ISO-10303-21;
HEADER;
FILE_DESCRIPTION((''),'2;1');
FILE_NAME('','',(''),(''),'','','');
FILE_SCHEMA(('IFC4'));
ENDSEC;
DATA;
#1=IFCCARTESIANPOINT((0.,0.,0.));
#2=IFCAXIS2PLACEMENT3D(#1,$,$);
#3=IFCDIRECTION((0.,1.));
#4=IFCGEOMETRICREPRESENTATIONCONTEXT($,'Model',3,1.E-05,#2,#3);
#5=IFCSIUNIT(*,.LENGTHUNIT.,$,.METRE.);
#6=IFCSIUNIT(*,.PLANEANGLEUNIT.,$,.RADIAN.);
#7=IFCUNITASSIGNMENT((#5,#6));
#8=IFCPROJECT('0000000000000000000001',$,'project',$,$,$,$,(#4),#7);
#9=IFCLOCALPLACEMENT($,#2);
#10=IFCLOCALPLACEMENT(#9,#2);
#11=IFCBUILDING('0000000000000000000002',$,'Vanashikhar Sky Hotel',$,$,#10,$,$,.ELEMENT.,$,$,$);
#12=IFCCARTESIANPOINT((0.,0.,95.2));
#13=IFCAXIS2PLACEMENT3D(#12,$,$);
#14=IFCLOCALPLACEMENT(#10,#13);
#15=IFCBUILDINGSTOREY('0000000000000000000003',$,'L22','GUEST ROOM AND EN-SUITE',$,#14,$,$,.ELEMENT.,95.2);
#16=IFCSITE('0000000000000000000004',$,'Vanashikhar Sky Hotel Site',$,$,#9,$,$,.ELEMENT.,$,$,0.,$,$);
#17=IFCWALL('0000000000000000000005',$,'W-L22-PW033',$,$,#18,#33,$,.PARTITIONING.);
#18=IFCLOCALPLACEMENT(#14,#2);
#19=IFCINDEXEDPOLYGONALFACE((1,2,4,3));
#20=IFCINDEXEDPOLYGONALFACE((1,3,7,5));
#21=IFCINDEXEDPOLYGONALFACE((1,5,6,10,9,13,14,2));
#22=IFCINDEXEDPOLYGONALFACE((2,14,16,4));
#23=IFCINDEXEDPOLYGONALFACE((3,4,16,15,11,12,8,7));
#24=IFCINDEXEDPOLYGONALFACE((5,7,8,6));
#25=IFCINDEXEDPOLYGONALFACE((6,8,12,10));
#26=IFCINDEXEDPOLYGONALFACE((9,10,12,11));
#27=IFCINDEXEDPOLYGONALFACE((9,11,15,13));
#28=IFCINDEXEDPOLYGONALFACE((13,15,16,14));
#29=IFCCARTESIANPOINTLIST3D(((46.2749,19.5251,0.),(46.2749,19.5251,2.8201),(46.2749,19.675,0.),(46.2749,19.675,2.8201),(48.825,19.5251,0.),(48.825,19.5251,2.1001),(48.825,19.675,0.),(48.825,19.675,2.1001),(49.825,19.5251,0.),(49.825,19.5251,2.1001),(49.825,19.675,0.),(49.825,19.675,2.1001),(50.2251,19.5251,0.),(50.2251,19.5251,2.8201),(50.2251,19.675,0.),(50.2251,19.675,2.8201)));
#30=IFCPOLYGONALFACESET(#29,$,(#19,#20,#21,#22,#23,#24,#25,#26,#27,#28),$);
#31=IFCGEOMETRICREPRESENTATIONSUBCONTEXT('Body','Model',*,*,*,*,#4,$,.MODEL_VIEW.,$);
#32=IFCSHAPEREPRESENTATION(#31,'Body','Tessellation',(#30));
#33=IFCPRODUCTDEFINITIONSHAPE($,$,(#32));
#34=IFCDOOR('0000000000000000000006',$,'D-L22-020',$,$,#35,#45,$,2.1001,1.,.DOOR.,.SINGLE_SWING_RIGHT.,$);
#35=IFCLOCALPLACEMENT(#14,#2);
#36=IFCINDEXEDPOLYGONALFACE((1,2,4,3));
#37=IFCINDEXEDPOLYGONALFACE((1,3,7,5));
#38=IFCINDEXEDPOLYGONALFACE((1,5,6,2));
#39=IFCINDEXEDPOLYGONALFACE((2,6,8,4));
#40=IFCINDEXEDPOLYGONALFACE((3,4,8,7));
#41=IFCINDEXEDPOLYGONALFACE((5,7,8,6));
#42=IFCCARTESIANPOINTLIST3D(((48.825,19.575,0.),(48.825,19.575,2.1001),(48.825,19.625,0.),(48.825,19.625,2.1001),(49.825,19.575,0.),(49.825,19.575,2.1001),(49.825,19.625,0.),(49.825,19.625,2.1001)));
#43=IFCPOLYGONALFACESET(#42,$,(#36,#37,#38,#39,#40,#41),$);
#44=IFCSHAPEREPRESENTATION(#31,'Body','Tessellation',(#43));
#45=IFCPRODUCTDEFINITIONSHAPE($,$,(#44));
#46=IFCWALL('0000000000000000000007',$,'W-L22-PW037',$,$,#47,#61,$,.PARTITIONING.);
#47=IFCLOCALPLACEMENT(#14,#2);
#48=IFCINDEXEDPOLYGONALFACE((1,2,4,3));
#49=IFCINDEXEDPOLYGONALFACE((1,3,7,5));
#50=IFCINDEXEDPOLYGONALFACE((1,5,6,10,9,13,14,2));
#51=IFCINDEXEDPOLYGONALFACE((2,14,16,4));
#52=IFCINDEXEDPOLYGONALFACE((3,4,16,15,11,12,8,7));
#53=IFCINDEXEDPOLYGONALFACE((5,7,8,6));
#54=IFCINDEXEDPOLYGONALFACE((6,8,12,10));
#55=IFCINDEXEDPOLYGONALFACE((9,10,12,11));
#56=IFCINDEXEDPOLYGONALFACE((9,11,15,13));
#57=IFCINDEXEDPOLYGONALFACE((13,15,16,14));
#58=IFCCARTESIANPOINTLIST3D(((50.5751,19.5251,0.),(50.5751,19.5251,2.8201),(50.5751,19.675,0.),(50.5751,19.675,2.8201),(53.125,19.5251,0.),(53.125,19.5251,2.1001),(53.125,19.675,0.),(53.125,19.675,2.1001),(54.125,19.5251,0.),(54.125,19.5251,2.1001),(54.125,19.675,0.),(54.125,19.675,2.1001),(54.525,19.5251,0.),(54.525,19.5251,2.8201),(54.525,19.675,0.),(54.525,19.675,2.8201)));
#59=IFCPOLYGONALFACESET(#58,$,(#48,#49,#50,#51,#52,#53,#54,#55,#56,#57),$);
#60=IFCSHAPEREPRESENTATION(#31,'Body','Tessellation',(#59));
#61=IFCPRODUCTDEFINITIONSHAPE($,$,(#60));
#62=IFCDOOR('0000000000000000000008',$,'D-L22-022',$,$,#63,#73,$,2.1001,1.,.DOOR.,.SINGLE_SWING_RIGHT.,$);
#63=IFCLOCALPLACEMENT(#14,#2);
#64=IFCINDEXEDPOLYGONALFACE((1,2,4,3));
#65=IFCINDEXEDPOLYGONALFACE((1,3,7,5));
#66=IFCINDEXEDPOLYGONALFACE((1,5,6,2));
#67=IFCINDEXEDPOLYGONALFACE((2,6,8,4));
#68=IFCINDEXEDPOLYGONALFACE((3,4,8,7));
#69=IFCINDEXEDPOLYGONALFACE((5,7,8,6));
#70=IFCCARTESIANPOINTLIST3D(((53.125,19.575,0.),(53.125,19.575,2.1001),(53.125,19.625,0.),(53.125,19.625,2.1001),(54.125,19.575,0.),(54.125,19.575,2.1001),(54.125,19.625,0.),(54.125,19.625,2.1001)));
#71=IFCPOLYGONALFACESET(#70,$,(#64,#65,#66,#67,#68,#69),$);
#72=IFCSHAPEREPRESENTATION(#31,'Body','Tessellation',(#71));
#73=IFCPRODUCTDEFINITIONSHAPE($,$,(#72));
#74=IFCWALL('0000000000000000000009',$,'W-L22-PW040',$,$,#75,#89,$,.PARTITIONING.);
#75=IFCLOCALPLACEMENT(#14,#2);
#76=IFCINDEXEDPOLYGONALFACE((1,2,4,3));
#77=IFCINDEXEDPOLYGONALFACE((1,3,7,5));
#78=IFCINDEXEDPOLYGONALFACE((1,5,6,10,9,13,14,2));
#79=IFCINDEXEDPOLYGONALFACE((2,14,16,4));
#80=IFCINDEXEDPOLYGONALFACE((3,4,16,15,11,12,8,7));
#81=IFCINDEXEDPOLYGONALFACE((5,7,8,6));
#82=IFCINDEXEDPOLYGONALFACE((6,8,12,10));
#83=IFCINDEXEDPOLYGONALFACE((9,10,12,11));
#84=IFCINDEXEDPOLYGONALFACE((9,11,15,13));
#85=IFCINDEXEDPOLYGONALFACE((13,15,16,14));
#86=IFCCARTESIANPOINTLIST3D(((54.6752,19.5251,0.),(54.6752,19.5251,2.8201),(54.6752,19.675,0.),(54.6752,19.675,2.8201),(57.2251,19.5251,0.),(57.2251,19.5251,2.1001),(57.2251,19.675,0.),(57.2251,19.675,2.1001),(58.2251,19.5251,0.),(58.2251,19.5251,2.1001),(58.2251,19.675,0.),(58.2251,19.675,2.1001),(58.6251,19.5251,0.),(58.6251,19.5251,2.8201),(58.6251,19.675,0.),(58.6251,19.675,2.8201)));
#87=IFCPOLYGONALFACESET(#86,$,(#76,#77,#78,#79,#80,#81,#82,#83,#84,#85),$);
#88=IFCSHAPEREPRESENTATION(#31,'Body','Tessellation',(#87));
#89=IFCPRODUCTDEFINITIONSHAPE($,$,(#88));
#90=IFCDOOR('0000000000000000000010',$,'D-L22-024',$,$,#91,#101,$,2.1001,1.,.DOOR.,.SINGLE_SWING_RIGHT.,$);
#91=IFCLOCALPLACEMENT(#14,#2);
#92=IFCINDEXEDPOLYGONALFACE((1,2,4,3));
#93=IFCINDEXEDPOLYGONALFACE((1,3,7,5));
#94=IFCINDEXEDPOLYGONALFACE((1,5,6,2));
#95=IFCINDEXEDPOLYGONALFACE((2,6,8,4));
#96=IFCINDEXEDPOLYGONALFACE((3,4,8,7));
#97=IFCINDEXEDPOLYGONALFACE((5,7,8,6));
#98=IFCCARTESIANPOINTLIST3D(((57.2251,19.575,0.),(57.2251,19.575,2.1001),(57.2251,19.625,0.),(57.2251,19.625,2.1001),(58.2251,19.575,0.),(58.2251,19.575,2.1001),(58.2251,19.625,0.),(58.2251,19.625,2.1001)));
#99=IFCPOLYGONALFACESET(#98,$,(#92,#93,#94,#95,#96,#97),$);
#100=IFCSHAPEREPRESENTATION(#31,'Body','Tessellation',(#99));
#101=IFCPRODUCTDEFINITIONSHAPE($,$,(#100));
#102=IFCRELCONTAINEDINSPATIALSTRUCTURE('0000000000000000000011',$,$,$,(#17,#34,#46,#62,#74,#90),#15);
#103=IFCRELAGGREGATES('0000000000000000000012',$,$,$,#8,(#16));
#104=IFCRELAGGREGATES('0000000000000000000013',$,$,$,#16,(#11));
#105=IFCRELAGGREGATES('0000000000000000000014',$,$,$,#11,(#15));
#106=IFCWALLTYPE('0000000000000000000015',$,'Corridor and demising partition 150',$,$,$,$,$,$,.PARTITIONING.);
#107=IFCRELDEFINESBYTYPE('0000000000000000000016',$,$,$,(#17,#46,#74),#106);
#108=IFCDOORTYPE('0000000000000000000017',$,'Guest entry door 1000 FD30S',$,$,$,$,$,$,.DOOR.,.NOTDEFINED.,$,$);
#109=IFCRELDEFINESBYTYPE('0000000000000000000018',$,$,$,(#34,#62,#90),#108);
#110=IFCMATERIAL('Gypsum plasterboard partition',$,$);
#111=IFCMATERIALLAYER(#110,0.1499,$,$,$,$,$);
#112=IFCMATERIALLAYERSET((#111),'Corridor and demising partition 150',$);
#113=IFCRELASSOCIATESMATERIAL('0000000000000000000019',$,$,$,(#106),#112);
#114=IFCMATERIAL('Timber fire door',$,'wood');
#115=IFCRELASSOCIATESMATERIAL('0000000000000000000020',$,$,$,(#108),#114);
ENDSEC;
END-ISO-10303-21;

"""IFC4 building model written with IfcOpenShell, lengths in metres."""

from ifc_helpers import new_model, si_unit, direction, frame, frame_2d, origin, place, context, subcontext, project, spatial, rectangle, extrude, source, transform, mapped, material, layer, layer_set, type_object, element, fill, save


model = new_model("IFC4")

# Units and contexts
model_context = context("Model", 3, precision=1e-05, world=origin(), true_north=direction((0.0, 1.0)))
body_context = subcontext(model_context, "Body", "Model", "MODEL_VIEW")
ifc_project = project(units=[si_unit("LENGTHUNIT", "METRE"), si_unit("PLANEANGLEUNIT", "RADIAN")], contexts=[model_context])

# Site, building, storey
site_placement = place(None, origin())
site = spatial("IfcSite", under=ifc_project, at=site_placement, Name="Vanashikhar Sky Hotel Site", CompositionType="ELEMENT", RefElevation=0.0)
building_placement = place(site_placement, origin())
building = spatial("IfcBuilding", under=site, at=building_placement, Name="Vanashikhar Sky Hotel", CompositionType="ELEMENT")
storey_placement = place(building_placement, frame((0.0, 0.0, 95.2)))
storey = spatial("IfcBuildingStorey", under=building, at=storey_placement, Name="L22", Description="GUEST ROOM AND EN-SUITE", CompositionType="ELEMENT", Elevation=95.2)

# Shared definitions
shared_shape_1 = source(origin(), body_context, "Body", "SweptSolid", [
    extrude(rectangle(XDim=1.0, YDim=2.1001, at=frame_2d((0.5, 1.05))), frame((0.0, 0.0249, 0.0), z_axis=(0.0, -1.0, 0.0), x_axis=(1.0, 0.0, 0.0)), (0.0, 0.0, 1.0), 0.05),
])

# Walls, openings, doors
ifc_material_1 = material(Name="Gypsum plasterboard partition")
ifc_layer_1 = layer(ifc_material_1, 0.1499)
ifc_layer_set_1 = layer_set([ifc_layer_1], Name="Corridor and demising partition 150")
wall_type_1 = type_object("IfcWallType", Name="Corridor and demising partition 150", PredefinedType="PARTITIONING", material=ifc_layer_set_1)
shared_shape_2 = source(origin(), body_context, "Body", "SweptSolid", [
    extrude(rectangle(XDim=3.9502, YDim=0.1499, at=frame_2d((1.9751, 0.0))), origin(), (0.0, 0.0, 1.0), 2.8201),
])
wall_1_placement = place(storey_placement, frame((46.2749, 19.6001, 0.0), z_axis=(0.0, 0.0, 1.0), x_axis=(1.0, 0.0, 0.0)))
wall_1 = element("IfcWall", 1, at=wall_1_placement, inside=storey, type_object=wall_type_1, Name="W-L22-PW033", PredefinedType="PARTITIONING", context=body_context, shape_type="MappedRepresentation", body=[
    mapped(shared_shape_2, transform((0.0, 0.0, 0.0), scale=1.0)),
])
shared_shape_3 = source(origin(), body_context, "Body", "SweptSolid", [
    extrude(rectangle(XDim=1.0, YDim=2.1001, at=frame_2d((0.5, 1.05))), frame((0.0, 0.085, 0.0), z_axis=(0.0, -1.0, 0.0), x_axis=(1.0, 0.0, 0.0)), (0.0, 0.0, 1.0), 0.1699),
])
opening_1_placement = place(wall_1_placement, frame((2.55, 0.0, 0.0)))
opening_1 = element("IfcOpeningElement", 2, at=opening_1_placement, cuts=wall_1, PredefinedType="OPENING", context=body_context, shape_type="MappedRepresentation", body=[
    mapped(shared_shape_3, transform((0.0, 0.0, 0.0), scale=1.0)),
])
ifc_material_2 = material(Name="Timber fire door", Category="wood")
door_type_1 = type_object("IfcDoorType", Name="Guest entry door 1000 FD30S", OperationType="NOTDEFINED", PredefinedType="DOOR", material=ifc_material_2)
door_1_placement = place(opening_1_placement, origin())
door_1 = element("IfcDoor", 3, at=door_1_placement, inside=storey, type_object=door_type_1, Name="D-L22-020", OperationType="SINGLE_SWING_RIGHT", OverallHeight=2.1001, OverallWidth=1.0, PredefinedType="DOOR", context=body_context, shape_type="MappedRepresentation", body=[
    mapped(shared_shape_1, transform((0.0, 0.0, 0.0), scale=1.0)),
])
fill(opening_1, door_1)
shared_shape_4 = source(origin(), body_context, "Body", "SweptSolid", [
    extrude(rectangle(XDim=3.95, YDim=0.1499, at=frame_2d((1.9751, 0.0))), origin(), (0.0, 0.0, 1.0), 2.8201),
])
wall_2_placement = place(storey_placement, frame((50.575, 19.6001, 0.0), z_axis=(0.0, 0.0, 1.0), x_axis=(1.0, 0.0, 0.0)))
wall_2 = element("IfcWall", 4, at=wall_2_placement, inside=storey, type_object=wall_type_1, Name="W-L22-PW037", PredefinedType="PARTITIONING", context=body_context, shape_type="MappedRepresentation", body=[
    mapped(shared_shape_4, transform((0.0, 0.0, 0.0), scale=1.0)),
])
opening_2_placement = place(wall_2_placement, frame((2.55, 0.0, 0.0)))
opening_2 = element("IfcOpeningElement", 5, at=opening_2_placement, cuts=wall_2, PredefinedType="OPENING", context=body_context, shape_type="MappedRepresentation", body=[
    mapped(shared_shape_3, transform((0.0, 0.0, 0.0), scale=1.0)),
])
door_2_placement = place(opening_2_placement, origin())
door_2 = element("IfcDoor", 6, at=door_2_placement, inside=storey, type_object=door_type_1, Name="D-L22-022", OperationType="SINGLE_SWING_RIGHT", OverallHeight=2.1001, OverallWidth=1.0, PredefinedType="DOOR", context=body_context, shape_type="MappedRepresentation", body=[
    mapped(shared_shape_1, transform((0.0, 0.0, 0.0), scale=1.0)),
])
fill(opening_2, door_2)
wall_3_placement = place(storey_placement, frame((54.675, 19.6001, 0.0), z_axis=(0.0, 0.0, 1.0), x_axis=(1.0, 0.0, 0.0)))
wall_3 = element("IfcWall", 7, at=wall_3_placement, inside=storey, type_object=wall_type_1, Name="W-L22-PW040", PredefinedType="PARTITIONING", context=body_context, shape_type="MappedRepresentation", body=[
    mapped(shared_shape_4, transform((0.0, 0.0, 0.0), scale=1.0)),
])
opening_3_placement = place(wall_3_placement, frame((2.55, 0.0, 0.0)))
opening_3 = element("IfcOpeningElement", 8, at=opening_3_placement, cuts=wall_3, PredefinedType="OPENING", context=body_context, shape_type="MappedRepresentation", body=[
    mapped(shared_shape_3, transform((0.0, 0.0, 0.0), scale=1.0)),
])
door_3_placement = place(opening_3_placement, origin())
door_3 = element("IfcDoor", 9, at=door_3_placement, inside=storey, type_object=door_type_1, Name="D-L22-024", OperationType="SINGLE_SWING_RIGHT", OverallHeight=2.1001, OverallWidth=1.0, PredefinedType="DOOR", context=body_context, shape_type="MappedRepresentation", body=[
    mapped(shared_shape_1, transform((0.0, 0.0, 0.0), scale=1.0)),
])
fill(opening_3, door_3)

save(model, "model.ifc")
